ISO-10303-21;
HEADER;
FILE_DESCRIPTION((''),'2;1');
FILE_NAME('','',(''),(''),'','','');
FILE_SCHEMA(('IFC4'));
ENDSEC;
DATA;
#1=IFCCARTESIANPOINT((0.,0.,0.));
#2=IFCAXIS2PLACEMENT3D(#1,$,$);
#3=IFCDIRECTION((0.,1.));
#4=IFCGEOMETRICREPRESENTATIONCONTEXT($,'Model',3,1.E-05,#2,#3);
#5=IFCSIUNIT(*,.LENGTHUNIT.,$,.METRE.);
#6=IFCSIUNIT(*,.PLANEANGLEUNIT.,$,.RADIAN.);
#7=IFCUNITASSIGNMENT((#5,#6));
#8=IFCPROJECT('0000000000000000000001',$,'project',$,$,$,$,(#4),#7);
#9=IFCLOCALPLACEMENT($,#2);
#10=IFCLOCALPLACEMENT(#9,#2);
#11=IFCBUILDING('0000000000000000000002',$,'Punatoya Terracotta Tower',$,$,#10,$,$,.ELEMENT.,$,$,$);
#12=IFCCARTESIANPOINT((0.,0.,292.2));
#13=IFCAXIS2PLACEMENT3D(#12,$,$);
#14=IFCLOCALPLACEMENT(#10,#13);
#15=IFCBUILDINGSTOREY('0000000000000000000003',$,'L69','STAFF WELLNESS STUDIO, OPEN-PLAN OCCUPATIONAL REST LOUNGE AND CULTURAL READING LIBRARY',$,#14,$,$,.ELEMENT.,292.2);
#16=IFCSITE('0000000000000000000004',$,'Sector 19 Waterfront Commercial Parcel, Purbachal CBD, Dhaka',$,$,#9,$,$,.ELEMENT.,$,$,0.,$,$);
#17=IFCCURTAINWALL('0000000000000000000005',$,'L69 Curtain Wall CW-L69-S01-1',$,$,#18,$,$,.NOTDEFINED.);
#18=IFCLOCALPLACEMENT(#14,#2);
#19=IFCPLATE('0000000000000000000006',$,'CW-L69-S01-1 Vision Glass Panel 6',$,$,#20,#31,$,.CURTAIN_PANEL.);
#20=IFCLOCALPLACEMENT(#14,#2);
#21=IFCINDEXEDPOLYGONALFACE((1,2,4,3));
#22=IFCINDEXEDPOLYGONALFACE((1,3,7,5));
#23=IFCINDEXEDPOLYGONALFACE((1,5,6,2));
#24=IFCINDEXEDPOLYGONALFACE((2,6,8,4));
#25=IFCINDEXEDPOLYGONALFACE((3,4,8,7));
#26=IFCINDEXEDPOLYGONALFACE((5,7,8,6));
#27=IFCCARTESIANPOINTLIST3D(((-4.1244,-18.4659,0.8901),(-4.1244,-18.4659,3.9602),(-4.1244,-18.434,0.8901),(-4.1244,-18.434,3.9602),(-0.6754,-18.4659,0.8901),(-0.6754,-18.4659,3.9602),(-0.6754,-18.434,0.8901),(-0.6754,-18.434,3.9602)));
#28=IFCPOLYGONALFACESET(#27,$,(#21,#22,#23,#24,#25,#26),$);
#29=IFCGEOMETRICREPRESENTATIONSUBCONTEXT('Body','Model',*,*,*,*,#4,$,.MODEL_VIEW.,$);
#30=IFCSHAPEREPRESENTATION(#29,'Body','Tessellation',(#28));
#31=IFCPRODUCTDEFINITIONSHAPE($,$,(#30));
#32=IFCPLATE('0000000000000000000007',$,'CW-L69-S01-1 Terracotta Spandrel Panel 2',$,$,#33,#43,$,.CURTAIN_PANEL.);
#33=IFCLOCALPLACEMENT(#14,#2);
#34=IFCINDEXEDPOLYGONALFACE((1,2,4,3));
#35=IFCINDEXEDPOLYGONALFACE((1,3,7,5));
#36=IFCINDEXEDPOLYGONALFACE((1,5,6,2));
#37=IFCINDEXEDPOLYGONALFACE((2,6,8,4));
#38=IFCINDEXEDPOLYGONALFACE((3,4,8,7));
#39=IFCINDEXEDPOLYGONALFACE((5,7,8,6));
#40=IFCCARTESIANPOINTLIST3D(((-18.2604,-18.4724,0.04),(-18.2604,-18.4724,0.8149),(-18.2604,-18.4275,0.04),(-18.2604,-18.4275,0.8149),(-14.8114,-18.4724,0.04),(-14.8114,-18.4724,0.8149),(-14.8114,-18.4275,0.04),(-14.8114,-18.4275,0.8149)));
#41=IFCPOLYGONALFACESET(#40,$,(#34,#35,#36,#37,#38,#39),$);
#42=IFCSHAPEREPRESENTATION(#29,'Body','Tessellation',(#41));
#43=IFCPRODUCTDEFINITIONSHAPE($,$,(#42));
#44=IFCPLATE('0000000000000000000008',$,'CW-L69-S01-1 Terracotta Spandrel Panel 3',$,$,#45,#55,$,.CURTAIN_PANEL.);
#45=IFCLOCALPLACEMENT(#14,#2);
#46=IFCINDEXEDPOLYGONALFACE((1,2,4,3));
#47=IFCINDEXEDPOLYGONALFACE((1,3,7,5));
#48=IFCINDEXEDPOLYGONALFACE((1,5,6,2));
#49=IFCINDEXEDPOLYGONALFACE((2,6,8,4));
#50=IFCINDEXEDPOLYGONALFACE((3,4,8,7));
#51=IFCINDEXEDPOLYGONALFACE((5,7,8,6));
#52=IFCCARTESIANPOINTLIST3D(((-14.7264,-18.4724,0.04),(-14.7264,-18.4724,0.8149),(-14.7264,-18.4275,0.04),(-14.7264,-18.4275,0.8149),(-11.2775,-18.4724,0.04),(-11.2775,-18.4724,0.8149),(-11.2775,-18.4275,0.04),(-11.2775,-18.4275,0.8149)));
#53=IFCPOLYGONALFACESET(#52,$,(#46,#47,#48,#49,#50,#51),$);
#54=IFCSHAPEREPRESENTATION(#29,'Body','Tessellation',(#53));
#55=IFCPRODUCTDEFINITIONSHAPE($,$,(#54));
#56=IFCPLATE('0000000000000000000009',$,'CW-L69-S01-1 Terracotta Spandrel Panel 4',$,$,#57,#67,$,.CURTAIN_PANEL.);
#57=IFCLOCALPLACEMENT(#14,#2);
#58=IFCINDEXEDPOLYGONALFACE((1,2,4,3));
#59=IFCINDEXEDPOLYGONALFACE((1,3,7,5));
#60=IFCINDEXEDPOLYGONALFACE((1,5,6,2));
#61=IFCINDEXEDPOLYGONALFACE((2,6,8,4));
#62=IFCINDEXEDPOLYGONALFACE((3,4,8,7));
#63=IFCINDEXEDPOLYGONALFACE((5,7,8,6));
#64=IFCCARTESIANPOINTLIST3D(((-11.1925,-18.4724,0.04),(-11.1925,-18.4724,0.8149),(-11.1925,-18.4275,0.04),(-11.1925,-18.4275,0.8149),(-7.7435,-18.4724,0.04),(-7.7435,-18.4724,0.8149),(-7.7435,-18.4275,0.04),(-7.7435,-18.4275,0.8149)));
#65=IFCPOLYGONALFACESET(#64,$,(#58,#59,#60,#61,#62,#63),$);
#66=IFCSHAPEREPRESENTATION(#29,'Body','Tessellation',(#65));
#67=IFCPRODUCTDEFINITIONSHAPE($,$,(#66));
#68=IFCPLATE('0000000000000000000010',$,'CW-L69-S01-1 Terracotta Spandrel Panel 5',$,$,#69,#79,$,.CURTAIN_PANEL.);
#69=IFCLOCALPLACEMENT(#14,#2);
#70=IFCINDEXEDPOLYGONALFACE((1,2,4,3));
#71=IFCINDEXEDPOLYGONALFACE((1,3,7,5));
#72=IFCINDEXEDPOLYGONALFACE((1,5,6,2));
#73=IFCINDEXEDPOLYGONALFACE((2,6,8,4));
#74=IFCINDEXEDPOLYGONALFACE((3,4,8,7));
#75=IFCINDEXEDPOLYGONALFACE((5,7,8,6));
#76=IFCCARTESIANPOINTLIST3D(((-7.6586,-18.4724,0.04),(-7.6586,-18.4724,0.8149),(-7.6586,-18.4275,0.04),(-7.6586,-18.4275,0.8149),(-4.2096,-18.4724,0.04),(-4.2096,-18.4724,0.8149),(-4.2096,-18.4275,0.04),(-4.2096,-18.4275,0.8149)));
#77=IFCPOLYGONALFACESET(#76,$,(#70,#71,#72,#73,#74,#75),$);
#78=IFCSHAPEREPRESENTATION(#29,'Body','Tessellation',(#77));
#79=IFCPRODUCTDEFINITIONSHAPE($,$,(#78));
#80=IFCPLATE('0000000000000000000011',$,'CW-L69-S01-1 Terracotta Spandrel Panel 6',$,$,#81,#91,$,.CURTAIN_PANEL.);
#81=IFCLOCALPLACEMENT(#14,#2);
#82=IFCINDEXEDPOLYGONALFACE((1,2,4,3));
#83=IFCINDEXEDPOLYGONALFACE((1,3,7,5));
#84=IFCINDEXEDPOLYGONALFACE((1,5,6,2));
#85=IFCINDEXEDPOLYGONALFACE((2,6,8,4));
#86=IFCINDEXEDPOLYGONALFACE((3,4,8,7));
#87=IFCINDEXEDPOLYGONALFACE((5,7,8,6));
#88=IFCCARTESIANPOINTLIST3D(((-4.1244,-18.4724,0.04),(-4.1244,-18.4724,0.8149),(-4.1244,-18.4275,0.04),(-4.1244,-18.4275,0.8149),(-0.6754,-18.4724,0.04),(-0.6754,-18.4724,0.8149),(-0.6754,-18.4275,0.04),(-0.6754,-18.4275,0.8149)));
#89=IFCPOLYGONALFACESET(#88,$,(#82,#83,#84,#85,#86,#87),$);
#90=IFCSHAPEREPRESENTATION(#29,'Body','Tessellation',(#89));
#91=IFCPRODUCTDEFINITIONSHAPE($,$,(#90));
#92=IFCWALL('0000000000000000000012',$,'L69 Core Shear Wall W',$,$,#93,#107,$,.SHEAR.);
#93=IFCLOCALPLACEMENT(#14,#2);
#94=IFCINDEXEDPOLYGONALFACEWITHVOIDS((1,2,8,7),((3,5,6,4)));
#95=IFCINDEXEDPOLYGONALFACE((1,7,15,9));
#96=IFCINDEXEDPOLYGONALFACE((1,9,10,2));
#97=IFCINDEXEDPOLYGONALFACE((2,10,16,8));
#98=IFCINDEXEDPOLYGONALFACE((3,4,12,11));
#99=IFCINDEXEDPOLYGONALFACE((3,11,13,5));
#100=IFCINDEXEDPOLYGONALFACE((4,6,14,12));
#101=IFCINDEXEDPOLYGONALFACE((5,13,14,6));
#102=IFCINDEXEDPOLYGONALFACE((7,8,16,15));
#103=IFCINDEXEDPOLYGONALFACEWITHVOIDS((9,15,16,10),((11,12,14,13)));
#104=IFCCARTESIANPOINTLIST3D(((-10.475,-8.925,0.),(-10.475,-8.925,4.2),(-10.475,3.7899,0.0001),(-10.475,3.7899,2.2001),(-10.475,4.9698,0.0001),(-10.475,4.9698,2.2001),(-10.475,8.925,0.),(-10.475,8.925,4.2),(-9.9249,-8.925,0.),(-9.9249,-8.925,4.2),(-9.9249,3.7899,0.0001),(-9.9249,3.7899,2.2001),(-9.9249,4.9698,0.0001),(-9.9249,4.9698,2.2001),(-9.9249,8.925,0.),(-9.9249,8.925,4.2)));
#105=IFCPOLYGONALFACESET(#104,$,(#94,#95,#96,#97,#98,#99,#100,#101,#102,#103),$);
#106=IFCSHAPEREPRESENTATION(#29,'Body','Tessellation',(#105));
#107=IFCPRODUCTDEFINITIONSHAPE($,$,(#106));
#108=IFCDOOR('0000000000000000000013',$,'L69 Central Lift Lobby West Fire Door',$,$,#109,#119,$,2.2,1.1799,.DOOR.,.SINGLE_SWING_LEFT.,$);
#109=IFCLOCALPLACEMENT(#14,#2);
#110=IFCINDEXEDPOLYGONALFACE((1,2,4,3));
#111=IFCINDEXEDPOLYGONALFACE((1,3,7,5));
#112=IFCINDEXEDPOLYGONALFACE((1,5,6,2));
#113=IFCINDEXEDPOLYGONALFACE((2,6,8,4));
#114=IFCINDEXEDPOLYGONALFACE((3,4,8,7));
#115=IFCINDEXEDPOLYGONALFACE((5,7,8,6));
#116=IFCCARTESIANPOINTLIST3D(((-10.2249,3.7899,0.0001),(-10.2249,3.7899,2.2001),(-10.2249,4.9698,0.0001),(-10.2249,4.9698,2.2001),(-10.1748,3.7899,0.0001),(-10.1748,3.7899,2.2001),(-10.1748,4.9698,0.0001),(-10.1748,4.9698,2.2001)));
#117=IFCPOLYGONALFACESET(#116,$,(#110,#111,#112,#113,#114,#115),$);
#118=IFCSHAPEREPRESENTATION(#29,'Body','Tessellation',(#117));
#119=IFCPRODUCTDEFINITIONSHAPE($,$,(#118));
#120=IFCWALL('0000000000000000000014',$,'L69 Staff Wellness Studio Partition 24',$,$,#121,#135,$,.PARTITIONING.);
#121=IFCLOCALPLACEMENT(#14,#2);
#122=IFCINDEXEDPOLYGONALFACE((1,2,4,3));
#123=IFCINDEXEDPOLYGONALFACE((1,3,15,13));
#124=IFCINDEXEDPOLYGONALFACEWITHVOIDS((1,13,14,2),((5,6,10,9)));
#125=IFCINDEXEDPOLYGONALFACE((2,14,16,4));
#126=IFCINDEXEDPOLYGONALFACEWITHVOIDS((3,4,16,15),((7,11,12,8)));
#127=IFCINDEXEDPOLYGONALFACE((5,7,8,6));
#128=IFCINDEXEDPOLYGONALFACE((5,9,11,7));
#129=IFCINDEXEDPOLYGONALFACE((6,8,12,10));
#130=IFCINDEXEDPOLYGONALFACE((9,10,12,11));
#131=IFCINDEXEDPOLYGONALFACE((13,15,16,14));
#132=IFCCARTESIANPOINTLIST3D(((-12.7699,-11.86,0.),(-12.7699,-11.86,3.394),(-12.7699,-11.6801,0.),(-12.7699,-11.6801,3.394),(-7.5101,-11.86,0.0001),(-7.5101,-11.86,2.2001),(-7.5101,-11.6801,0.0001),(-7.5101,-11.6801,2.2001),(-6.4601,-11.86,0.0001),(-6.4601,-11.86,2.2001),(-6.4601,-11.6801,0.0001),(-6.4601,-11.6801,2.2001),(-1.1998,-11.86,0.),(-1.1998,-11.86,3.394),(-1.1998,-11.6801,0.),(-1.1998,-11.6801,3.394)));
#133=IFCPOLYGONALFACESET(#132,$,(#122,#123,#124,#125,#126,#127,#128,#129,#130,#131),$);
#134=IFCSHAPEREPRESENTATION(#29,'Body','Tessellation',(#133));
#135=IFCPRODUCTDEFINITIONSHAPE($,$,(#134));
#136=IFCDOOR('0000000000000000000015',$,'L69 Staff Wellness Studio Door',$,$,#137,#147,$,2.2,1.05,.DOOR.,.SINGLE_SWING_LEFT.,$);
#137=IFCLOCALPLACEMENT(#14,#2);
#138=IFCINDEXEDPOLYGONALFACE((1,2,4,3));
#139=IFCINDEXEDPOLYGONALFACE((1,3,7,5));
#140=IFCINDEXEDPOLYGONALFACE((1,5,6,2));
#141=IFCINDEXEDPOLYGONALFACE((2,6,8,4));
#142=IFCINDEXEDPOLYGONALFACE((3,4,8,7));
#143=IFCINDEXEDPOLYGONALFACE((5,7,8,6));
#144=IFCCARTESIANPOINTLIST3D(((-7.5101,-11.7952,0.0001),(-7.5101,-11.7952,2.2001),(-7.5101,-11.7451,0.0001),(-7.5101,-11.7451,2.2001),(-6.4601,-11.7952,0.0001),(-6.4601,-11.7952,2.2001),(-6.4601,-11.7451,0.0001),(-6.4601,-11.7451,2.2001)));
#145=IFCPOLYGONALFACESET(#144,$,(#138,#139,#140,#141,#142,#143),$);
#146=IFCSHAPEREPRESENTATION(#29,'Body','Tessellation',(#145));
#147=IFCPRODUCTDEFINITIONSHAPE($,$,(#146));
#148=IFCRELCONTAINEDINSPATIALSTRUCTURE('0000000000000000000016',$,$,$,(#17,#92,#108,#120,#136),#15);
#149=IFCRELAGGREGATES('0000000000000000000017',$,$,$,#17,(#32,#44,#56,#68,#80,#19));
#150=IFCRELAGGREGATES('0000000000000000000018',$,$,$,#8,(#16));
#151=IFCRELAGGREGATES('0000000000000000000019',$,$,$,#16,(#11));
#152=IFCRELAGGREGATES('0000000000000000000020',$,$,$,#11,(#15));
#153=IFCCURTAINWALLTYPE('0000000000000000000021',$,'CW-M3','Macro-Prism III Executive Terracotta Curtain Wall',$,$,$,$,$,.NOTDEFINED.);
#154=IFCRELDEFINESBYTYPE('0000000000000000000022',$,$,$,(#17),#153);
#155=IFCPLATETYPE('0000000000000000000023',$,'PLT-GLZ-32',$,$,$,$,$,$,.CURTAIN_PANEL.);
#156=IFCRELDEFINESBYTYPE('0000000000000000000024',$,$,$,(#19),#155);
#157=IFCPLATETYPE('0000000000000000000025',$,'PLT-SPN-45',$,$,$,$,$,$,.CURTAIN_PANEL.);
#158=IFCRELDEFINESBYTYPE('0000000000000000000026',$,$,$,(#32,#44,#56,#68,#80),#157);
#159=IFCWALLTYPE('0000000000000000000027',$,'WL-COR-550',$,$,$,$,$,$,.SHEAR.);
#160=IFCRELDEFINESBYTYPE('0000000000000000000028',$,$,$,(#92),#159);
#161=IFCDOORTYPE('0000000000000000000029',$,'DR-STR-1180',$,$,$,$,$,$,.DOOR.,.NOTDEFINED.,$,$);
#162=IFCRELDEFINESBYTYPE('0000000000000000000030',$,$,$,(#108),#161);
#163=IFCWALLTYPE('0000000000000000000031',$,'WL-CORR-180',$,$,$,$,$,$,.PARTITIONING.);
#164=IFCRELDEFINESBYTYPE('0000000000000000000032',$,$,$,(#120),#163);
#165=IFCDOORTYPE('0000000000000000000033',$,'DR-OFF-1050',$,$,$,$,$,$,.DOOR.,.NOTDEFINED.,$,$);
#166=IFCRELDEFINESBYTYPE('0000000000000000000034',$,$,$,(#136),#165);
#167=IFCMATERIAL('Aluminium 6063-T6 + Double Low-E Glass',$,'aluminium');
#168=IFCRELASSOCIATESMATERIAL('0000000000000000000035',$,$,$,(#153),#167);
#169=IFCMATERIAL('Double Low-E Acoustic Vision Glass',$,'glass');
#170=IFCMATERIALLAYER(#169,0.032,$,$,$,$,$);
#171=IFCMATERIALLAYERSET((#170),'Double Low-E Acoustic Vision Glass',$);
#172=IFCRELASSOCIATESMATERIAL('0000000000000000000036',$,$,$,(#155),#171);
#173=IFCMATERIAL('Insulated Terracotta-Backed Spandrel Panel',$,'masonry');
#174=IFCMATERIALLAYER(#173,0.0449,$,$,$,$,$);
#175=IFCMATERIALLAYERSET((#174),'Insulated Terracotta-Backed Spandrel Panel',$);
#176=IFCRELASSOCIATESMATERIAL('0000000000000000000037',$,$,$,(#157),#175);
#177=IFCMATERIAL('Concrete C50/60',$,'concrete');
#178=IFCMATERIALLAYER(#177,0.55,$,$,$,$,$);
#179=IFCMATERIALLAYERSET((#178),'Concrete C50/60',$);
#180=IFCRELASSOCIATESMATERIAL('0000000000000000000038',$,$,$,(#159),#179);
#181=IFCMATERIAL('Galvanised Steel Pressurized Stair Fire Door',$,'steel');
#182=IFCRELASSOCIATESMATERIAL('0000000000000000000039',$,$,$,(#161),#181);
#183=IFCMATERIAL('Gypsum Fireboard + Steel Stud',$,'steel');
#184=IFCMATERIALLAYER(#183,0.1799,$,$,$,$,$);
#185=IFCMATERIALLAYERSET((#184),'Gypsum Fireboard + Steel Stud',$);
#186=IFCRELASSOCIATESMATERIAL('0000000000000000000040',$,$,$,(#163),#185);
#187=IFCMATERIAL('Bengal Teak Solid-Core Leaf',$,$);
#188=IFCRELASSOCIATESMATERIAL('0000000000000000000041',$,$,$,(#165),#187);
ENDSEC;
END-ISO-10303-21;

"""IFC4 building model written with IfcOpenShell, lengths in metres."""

from ifc_helpers import new_model, si_unit, direction, frame, frame_2d, origin, origin_2d, place, context, subcontext, project, spatial, rectangle, extrude, material, layer, layer_set, type_object, element, fill, aggregate, save


model = new_model("IFC4")

# Units and contexts
model_context = context("Model", 3, precision=1e-05, world=origin(), true_north=direction((0.0, 1.0)))
body_context = subcontext(model_context, "Body", "Model", "MODEL_VIEW")
ifc_project = project(units=[si_unit("LENGTHUNIT", "METRE"), si_unit("PLANEANGLEUNIT", "RADIAN")], contexts=[model_context])

# Site, building, storey
site_placement = place(None, origin())
site = spatial("IfcSite", under=ifc_project, at=site_placement, Name="Sector 19 Waterfront Commercial Parcel, Purbachal CBD, Dhaka", CompositionType="ELEMENT", RefElevation=0.0)
building_placement = place(site_placement, origin())
building = spatial("IfcBuilding", under=site, at=building_placement, Name="Punatoya Terracotta Tower", CompositionType="ELEMENT")
storey_placement = place(building_placement, frame((0.0, 0.0, 292.2)))
storey = spatial("IfcBuildingStorey", under=building, at=storey_placement, Name="L69", Description="STAFF WELLNESS STUDIO, OPEN-PLAN OCCUPATIONAL REST LOUNGE AND CULTURAL READING LIBRARY", CompositionType="ELEMENT", Elevation=292.2)

# Curtain wall, plates
ifc_material_1 = material(Name="Aluminium 6063-T6 + Double Low-E Glass", Category="aluminium")
curtain_wall_type = type_object("IfcCurtainWallType", Name="CW-M3", Description="Macro-Prism III Executive Terracotta Curtain Wall", PredefinedType="NOTDEFINED", material=ifc_material_1)
curtain_wall_placement = place(storey_placement, origin())
curtain_wall = element("IfcCurtainWall", 1, at=curtain_wall_placement, inside=storey, type_object=curtain_wall_type, Name="L69 Curtain Wall CW-L69-S01-1", PredefinedType="NOTDEFINED")
ifc_material_2 = material(Name="Double Low-E Acoustic Vision Glass", Category="glass")
ifc_layer_1 = layer(ifc_material_2, 0.032)
ifc_layer_set_1 = layer_set([ifc_layer_1], Name="Double Low-E Acoustic Vision Glass")
plate_type_1 = type_object("IfcPlateType", Name="PLT-GLZ-32", PredefinedType="CURTAIN_PANEL", material=ifc_layer_set_1)
plate_1_placement = place(storey_placement, frame((-2.3999, -18.45, 0.8901), z_axis=(0.0, 0.0, 1.0), x_axis=(1.0, 0.0, 0.0)))
plate_1 = element("IfcPlate", 2, at=plate_1_placement, type_object=plate_type_1, Name="CW-L69-S01-1 Vision Glass Panel 6", PredefinedType="CURTAIN_PANEL", context=body_context, shape_type="SweptSolid", body=[
    extrude(rectangle(XDim=3.449, YDim=0.032, at=origin_2d()), origin(), (0.0, 0.0, 1.0), 3.0701),
])
ifc_material_3 = material(Name="Insulated Terracotta-Backed Spandrel Panel", Category="masonry")
ifc_layer_2 = layer(ifc_material_3, 0.0449)
ifc_layer_set_2 = layer_set([ifc_layer_2], Name="Insulated Terracotta-Backed Spandrel Panel")
plate_type_2 = type_object("IfcPlateType", Name="PLT-SPN-45", PredefinedType="CURTAIN_PANEL", material=ifc_layer_set_2)
plate_2_placement = place(storey_placement, frame((-16.5359, -18.45, 0.04), z_axis=(0.0, 0.0, 1.0), x_axis=(1.0, 0.0, 0.0)))
plate_2 = element("IfcPlate", 3, at=plate_2_placement, type_object=plate_type_2, Name="CW-L69-S01-1 Terracotta Spandrel Panel 2", PredefinedType="CURTAIN_PANEL", context=body_context, shape_type="SweptSolid", body=[
    extrude(rectangle(XDim=3.449, YDim=0.0449, at=origin_2d()), origin(), (0.0, 0.0, 1.0), 0.7749),
])
plate_3_placement = place(storey_placement, frame((-13.002, -18.45, 0.04), z_axis=(0.0, 0.0, 1.0), x_axis=(1.0, 0.0, 0.0)))
plate_3 = element("IfcPlate", 4, at=plate_3_placement, type_object=plate_type_2, Name="CW-L69-S01-1 Terracotta Spandrel Panel 3", PredefinedType="CURTAIN_PANEL", context=body_context, shape_type="SweptSolid", body=[
    extrude(rectangle(XDim=3.449, YDim=0.0449, at=origin_2d()), origin(), (0.0, 0.0, 1.0), 0.7749),
])
plate_4_placement = place(storey_placement, frame((-9.468, -18.45, 0.04), z_axis=(0.0, 0.0, 1.0), x_axis=(1.0, 0.0, 0.0)))
plate_4 = element("IfcPlate", 5, at=plate_4_placement, type_object=plate_type_2, Name="CW-L69-S01-1 Terracotta Spandrel Panel 4", PredefinedType="CURTAIN_PANEL", context=body_context, shape_type="SweptSolid", body=[
    extrude(rectangle(XDim=3.449, YDim=0.0449, at=origin_2d()), origin(), (0.0, 0.0, 1.0), 0.7749),
])
plate_5_placement = place(storey_placement, frame((-5.9341, -18.45, 0.04), z_axis=(0.0, 0.0, 1.0), x_axis=(1.0, 0.0, 0.0)))
plate_5 = element("IfcPlate", 6, at=plate_5_placement, type_object=plate_type_2, Name="CW-L69-S01-1 Terracotta Spandrel Panel 5", PredefinedType="CURTAIN_PANEL", context=body_context, shape_type="SweptSolid", body=[
    extrude(rectangle(XDim=3.449, YDim=0.0449, at=origin_2d()), origin(), (0.0, 0.0, 1.0), 0.7749),
])
plate_6_placement = place(storey_placement, frame((-2.3999, -18.45, 0.04), z_axis=(0.0, 0.0, 1.0), x_axis=(1.0, 0.0, 0.0)))
plate_6 = element("IfcPlate", 7, at=plate_6_placement, type_object=plate_type_2, Name="CW-L69-S01-1 Terracotta Spandrel Panel 6", PredefinedType="CURTAIN_PANEL", context=body_context, shape_type="SweptSolid", body=[
    extrude(rectangle(XDim=3.449, YDim=0.0449, at=origin_2d()), origin(), (0.0, 0.0, 1.0), 0.7749),
])
aggregate(curtain_wall, [plate_2, plate_3, plate_4, plate_5, plate_6, plate_1])

# Walls, openings, doors
ifc_material_4 = material(Name="Concrete C50/60", Category="concrete")
ifc_layer_3 = layer(ifc_material_4, 0.55)
ifc_layer_set_3 = layer_set([ifc_layer_3], Name="Concrete C50/60")
wall_type_1 = type_object("IfcWallType", Name="WL-COR-550", PredefinedType="SHEAR", material=ifc_layer_set_3)
wall_1_placement = place(storey_placement, frame((-10.2, -8.925, 0.0), z_axis=(0.0, 0.0, 1.0), x_axis=(0.0, 1.0, 0.0)))
wall_1 = element("IfcWall", 8, at=wall_1_placement, inside=storey, type_object=wall_type_1, Name="L69 Core Shear Wall W", PredefinedType="SHEAR", context=body_context, shape_type="SweptSolid", body=[
    extrude(rectangle(XDim=17.8501, YDim=0.55, at=frame_2d((8.925, 0.0))), origin(), (0.0, 0.0, 1.0), 4.2),
])
opening_1_placement = place(wall_1_placement, frame((12.7151, 0.0, 0.0)))
opening_1 = element("IfcOpeningElement", 9, at=opening_1_placement, cuts=wall_1, PredefinedType="OPENING", context=body_context, shape_type="SweptSolid", body=[
    extrude(rectangle(XDim=1.1799, YDim=2.2, at=frame_2d((0.5898, 1.1001))), frame((0.0, 0.2849, 0.0), z_axis=(0.0, -1.0, 0.0), x_axis=(1.0, 0.0, 0.0)), (0.0, 0.0, 1.0), 0.5701),
])
ifc_material_5 = material(Name="Galvanised Steel Pressurized Stair Fire Door", Category="steel")
door_type_1 = type_object("IfcDoorType", Name="DR-STR-1180", OperationType="NOTDEFINED", PredefinedType="DOOR", material=ifc_material_5)
door_1_placement = place(opening_1_placement, origin())
door_1 = element("IfcDoor", 10, at=door_1_placement, inside=storey, type_object=door_type_1, Name="L69 Central Lift Lobby West Fire Door", OperationType="SINGLE_SWING_LEFT", OverallHeight=2.2, OverallWidth=1.1799, PredefinedType="DOOR", context=body_context, shape_type="SweptSolid", body=[
    extrude(rectangle(XDim=1.1799, YDim=2.2, at=frame_2d((0.5898, 1.1001))), frame((0.0, 0.0249, 0.0), z_axis=(0.0, -1.0, 0.0), x_axis=(1.0, 0.0, 0.0)), (0.0, 0.0, 1.0), 0.05),
])
fill(opening_1, door_1)
ifc_material_6 = material(Name="Gypsum Fireboard + Steel Stud", Category="steel")
ifc_layer_4 = layer(ifc_material_6, 0.1799)
ifc_layer_set_4 = layer_set([ifc_layer_4], Name="Gypsum Fireboard + Steel Stud")
wall_type_2 = type_object("IfcWallType", Name="WL-CORR-180", PredefinedType="PARTITIONING", material=ifc_layer_set_4)
wall_2_placement = place(storey_placement, frame((-12.77, -11.77, 0.0), z_axis=(0.0, 0.0, 1.0), x_axis=(1.0, 0.0, 0.0)))
wall_2 = element("IfcWall", 11, at=wall_2_placement, inside=storey, type_object=wall_type_2, Name="L69 Staff Wellness Studio Partition 24", PredefinedType="PARTITIONING", context=body_context, shape_type="SweptSolid", body=[
    extrude(rectangle(XDim=11.5701, YDim=0.1799, at=frame_2d((5.7852, 0.0))), origin(), (0.0, 0.0, 1.0), 3.394),
])
opening_2_placement = place(wall_2_placement, frame((5.26, 0.0, 0.0)))
opening_2 = element("IfcOpeningElement", 12, at=opening_2_placement, cuts=wall_2, PredefinedType="OPENING", context=body_context, shape_type="SweptSolid", body=[
    extrude(rectangle(XDim=1.05, YDim=2.2, at=frame_2d((0.5249, 1.1001))), frame((0.0, 0.0999, 0.0), z_axis=(0.0, -1.0, 0.0), x_axis=(1.0, 0.0, 0.0)), (0.0, 0.0, 1.0), 0.2),
])
ifc_material_7 = material(Name="Bengal Teak Solid-Core Leaf")
door_type_2 = type_object("IfcDoorType", Name="DR-OFF-1050", OperationType="NOTDEFINED", PredefinedType="DOOR", material=ifc_material_7)
door_2_placement = place(opening_2_placement, origin())
door_2 = element("IfcDoor", 13, at=door_2_placement, inside=storey, type_object=door_type_2, Name="L69 Staff Wellness Studio Door", OperationType="SINGLE_SWING_LEFT", OverallHeight=2.2, OverallWidth=1.05, PredefinedType="DOOR", context=body_context, shape_type="SweptSolid", body=[
    extrude(rectangle(XDim=1.05, YDim=2.2, at=frame_2d((0.5249, 1.1001))), frame((0.0, 0.0249, 0.0), z_axis=(0.0, -1.0, 0.0), x_axis=(1.0, 0.0, 0.0)), (0.0, 0.0, 1.0), 0.05),
])
fill(opening_2, door_2)

save(model, "model.ifc")
